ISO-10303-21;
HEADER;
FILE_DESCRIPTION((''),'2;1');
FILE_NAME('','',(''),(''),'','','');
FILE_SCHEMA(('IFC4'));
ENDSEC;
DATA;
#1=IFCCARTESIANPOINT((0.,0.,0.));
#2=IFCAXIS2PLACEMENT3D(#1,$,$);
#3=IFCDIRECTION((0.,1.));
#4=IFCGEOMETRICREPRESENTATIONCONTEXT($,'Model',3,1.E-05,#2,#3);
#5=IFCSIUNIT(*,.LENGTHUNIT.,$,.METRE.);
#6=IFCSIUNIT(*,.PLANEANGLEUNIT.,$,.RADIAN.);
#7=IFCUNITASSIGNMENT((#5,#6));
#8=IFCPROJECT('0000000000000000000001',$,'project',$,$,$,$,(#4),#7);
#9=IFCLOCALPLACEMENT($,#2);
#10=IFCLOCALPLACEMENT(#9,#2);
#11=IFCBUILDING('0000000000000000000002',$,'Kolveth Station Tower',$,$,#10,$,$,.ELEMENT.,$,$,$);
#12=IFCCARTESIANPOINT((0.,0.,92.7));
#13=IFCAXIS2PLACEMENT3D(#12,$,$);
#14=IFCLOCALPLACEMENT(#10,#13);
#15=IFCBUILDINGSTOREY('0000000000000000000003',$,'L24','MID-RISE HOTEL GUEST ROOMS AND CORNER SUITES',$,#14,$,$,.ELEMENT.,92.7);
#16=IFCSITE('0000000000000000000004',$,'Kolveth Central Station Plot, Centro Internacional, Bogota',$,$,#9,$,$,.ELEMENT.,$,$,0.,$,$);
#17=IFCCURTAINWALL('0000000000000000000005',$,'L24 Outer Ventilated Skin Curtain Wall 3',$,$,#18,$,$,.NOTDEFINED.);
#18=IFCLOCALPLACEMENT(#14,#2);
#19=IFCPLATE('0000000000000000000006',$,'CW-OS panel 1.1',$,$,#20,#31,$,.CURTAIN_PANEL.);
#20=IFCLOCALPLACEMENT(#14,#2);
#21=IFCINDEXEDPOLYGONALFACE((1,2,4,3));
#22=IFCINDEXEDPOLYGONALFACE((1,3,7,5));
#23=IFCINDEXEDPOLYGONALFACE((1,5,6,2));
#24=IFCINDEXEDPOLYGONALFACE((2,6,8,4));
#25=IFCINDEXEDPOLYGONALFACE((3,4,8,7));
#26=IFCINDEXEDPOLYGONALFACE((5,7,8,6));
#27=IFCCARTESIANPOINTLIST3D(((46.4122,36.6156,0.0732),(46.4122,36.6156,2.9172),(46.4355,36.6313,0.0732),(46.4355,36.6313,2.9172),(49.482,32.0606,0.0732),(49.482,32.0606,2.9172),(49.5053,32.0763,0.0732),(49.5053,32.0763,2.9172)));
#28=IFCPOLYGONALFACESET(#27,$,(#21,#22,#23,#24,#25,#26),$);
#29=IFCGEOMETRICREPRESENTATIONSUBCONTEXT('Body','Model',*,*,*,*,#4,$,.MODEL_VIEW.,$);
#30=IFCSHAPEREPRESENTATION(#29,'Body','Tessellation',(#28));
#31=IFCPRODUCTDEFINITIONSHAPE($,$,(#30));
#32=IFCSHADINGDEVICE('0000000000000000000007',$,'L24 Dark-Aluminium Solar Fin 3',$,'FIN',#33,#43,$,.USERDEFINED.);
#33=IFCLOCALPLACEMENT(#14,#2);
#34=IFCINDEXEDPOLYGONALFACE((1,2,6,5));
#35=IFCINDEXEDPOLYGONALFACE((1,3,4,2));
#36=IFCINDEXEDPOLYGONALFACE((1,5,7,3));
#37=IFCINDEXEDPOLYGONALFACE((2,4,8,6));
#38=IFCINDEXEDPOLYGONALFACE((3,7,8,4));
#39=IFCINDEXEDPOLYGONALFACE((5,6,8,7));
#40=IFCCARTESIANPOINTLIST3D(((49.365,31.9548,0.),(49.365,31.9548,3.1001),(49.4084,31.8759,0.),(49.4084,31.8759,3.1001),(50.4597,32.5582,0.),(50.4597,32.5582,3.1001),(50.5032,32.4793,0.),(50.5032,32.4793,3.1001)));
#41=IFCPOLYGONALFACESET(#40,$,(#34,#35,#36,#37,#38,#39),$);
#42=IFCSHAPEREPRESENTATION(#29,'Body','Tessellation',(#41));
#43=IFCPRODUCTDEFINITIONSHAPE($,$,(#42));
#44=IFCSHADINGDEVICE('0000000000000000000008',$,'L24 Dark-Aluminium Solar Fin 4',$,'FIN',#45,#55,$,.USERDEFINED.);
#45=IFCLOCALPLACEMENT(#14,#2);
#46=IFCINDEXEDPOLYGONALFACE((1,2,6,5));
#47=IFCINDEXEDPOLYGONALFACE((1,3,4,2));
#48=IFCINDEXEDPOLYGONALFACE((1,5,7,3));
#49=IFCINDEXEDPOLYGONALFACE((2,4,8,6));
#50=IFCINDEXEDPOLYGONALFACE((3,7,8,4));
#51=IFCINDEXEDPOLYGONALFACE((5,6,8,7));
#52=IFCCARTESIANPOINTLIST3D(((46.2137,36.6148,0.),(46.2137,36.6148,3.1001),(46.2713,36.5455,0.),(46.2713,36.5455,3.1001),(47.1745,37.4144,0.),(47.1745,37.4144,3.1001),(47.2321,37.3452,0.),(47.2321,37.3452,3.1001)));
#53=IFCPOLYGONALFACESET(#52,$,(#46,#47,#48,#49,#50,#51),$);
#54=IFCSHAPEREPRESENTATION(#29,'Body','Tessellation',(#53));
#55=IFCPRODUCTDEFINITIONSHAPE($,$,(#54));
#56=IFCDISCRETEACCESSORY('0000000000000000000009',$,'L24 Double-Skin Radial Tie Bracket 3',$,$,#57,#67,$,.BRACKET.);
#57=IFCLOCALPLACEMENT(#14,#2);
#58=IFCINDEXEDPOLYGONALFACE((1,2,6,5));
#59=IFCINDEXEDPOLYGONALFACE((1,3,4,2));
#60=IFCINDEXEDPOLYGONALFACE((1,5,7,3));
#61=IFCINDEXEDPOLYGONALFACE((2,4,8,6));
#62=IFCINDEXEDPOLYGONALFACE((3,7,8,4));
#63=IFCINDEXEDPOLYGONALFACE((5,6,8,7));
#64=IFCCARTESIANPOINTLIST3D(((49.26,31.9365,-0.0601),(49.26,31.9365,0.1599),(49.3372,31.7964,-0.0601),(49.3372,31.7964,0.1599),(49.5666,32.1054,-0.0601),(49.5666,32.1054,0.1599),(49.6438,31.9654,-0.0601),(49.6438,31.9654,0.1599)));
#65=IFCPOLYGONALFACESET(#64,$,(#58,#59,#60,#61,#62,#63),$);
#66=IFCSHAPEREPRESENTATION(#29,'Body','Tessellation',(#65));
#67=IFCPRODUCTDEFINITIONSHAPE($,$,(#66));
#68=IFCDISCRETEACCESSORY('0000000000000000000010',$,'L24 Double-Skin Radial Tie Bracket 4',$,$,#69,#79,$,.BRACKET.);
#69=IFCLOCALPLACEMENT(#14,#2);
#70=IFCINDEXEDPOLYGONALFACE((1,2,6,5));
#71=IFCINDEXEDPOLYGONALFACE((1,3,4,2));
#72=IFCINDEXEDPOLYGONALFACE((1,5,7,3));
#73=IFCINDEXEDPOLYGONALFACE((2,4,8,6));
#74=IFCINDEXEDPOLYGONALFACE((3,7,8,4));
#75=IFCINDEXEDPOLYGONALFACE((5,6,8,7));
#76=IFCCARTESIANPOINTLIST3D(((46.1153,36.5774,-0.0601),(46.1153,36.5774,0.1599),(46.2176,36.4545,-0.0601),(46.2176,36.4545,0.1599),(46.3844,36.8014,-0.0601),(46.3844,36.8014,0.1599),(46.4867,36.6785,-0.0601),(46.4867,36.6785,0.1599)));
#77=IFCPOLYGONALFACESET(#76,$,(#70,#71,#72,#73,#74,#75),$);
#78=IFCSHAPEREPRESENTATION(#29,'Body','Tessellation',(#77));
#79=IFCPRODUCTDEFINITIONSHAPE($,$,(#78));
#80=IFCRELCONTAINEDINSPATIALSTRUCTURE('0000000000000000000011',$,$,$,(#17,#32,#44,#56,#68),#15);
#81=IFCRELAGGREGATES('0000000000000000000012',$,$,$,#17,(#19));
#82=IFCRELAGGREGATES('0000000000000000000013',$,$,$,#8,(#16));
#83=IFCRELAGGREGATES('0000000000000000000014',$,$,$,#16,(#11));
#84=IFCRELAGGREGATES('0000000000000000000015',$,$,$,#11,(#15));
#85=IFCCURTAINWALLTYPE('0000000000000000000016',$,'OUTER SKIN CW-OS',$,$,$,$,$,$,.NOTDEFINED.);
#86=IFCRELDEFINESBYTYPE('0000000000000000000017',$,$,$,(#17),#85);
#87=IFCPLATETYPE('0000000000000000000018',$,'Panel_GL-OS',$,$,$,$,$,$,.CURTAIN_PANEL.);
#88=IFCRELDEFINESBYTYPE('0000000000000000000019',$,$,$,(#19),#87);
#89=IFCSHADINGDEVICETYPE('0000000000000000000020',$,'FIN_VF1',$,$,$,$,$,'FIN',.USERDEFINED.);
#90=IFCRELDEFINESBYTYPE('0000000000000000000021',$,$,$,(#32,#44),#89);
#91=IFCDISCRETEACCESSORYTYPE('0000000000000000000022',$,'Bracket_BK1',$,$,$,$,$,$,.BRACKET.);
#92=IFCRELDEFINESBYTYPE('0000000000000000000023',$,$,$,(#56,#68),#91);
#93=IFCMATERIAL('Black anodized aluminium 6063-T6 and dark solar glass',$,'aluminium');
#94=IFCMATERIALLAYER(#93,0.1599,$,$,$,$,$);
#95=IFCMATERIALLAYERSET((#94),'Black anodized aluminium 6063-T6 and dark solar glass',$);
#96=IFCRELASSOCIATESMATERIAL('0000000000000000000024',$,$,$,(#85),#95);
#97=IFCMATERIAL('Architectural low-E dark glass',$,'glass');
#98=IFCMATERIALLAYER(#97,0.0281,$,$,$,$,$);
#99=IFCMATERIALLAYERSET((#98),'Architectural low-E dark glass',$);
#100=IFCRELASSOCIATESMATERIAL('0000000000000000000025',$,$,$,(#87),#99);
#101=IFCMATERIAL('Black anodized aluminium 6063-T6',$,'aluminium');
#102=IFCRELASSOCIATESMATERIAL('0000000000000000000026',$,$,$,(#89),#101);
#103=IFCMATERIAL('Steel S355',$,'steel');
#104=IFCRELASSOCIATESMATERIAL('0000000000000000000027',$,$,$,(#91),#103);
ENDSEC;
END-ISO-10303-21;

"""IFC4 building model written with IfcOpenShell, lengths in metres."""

from ifc_helpers import new_model, si_unit, direction, frame, origin, origin_2d, place, context, subcontext, project, spatial, rectangle, extrude, source, transform, mapped, material, layer, layer_set, type_object, element, aggregate, save


model = new_model("IFC4")

# Units and contexts
model_context = context("Model", 3, precision=1e-05, world=origin(), true_north=direction((0.0, 1.0)))
body_context = subcontext(model_context, "Body", "Model", "MODEL_VIEW")
ifc_project = project(units=[si_unit("LENGTHUNIT", "METRE"), si_unit("PLANEANGLEUNIT", "RADIAN")], contexts=[model_context])

# Site, building, storey
site_placement = place(None, origin())
site = spatial("IfcSite", under=ifc_project, at=site_placement, Name="Kolveth Central Station Plot, Centro Internacional, Bogota", CompositionType="ELEMENT", RefElevation=0.0)
building_placement = place(site_placement, origin())
building = spatial("IfcBuilding", under=site, at=building_placement, Name="Kolveth Station Tower", CompositionType="ELEMENT")
storey_placement = place(building_placement, frame((0.0, 0.0, 92.7)))
storey = spatial("IfcBuildingStorey", under=building, at=storey_placement, Name="L24", Description="MID-RISE HOTEL GUEST ROOMS AND CORNER SUITES", CompositionType="ELEMENT", Elevation=92.7)

# Shared definitions
ifc_material_1 = material(Name="Black anodized aluminium 6063-T6", Category="aluminium")

# Shared definitions
ifc_material_2 = material(Name="Black anodized aluminium 6063-T6 and dark solar glass", Category="aluminium")
ifc_layer_1 = layer(ifc_material_2, 0.1599)
ifc_layer_set_1 = layer_set([ifc_layer_1], Name="Black anodized aluminium 6063-T6 and dark solar glass")
curtain_wall_type_1 = type_object("IfcCurtainWallType", Name="OUTER SKIN CW-OS", PredefinedType="NOTDEFINED", material=ifc_layer_set_1)

# Curtain wall
curtain_wall_1_placement = place(storey_placement, origin())
curtain_wall_1 = element("IfcCurtainWall", 1, at=curtain_wall_1_placement, inside=storey, type_object=curtain_wall_type_1, Name="L24 Outer Ventilated Skin Curtain Wall 3", PredefinedType="NOTDEFINED")

# Plate
ifc_material_3 = material(Name="Architectural low-E dark glass", Category="glass")
ifc_layer_2 = layer(ifc_material_3, 0.0281)
ifc_layer_set_2 = layer_set([ifc_layer_2], Name="Architectural low-E dark glass")
plate_type_1 = type_object("IfcPlateType", Name="Panel_GL-OS", PredefinedType="CURTAIN_PANEL", material=ifc_layer_set_2)
shared_shape_1 = source(origin(), body_context, "Body", "SweptSolid", [
    extrude(rectangle(XDim=5.4929, YDim=0.0281, at=origin_2d()), origin(), (0.0, 0.0, 1.0), 2.844),
])
plate_1_placement = place(storey_placement, frame((47.9587, 34.3459, 0.0732), z_axis=(0.0, 0.0, 1.0), x_axis=(-0.558857, 0.829264, 0.0)))
plate_1 = element("IfcPlate", 2, at=plate_1_placement, type_object=plate_type_1, Name="CW-OS panel 1.1", PredefinedType="CURTAIN_PANEL", context=body_context, shape_type="MappedRepresentation", body=[
    mapped(shared_shape_1, transform((0.0, 0.0, 0.0), x_axis=(1.0, 0.0, 0.0), y_axis=(0.0, 1.0, 0.0), z_axis=(0.0, 0.0, 1.0), scale=1.0)),
])
aggregate(curtain_wall_1, [plate_1])

# Shading devices
shading_device_type = type_object("IfcShadingDeviceType", Name="FIN_VF1", ElementType="FIN", PredefinedType="USERDEFINED", material=ifc_material_1)
shared_shape_2 = source(origin(), body_context, "Body", "SweptSolid", [
    extrude(rectangle(XDim=1.25, YDim=0.0901, at=origin_2d()), origin(), (0.0, 0.0, 1.0), 3.1001),
])
for number, where, z_axis, x_axis, name in (
    (3, (49.9341, 32.217, 0.0), (0.0, 0.0, 1.0), (0.875802, 0.482671, 0.0), "L24 Dark-Aluminium Solar Fin 3"),
    (4, (46.7229, 36.98, 0.0), (0.0, 0.0, 1.0), (0.768619, 0.639707, 0.0), "L24 Dark-Aluminium Solar Fin 4"),
):
    element("IfcShadingDevice", number, at=place(storey_placement, frame(where, z_axis=z_axis, x_axis=x_axis)), inside=storey, type_object=shading_device_type, Name=name, ObjectType="FIN", PredefinedType="USERDEFINED", context=body_context, shape_type="MappedRepresentation", body=[
        mapped(shared_shape_2, transform((0.0, 0.0, 0.0), x_axis=(1.0, 0.0, 0.0), y_axis=(0.0, 1.0, 0.0), z_axis=(0.0, 0.0, 1.0), scale=1.0)),
    ])

# Discrete accessories
ifc_material_4 = material(Name="Steel S355", Category="steel")
discrete_accessory_type = type_object("IfcDiscreteAccessoryType", Name="Bracket_BK1", PredefinedType="BRACKET", material=ifc_material_4)
shared_shape_3 = source(origin(), body_context, "Body", "SweptSolid", [
    extrude(rectangle(XDim=0.3501, YDim=0.1599, at=origin_2d()), origin(), (0.0, 0.0, 1.0), 0.22),
])
for number, where, z_axis, x_axis, name in (
    (5, (49.4519, 31.9509, -0.0601), (0.0, 0.0, 1.0), (0.875802, 0.482671, 0.0), "L24 Double-Skin Radial Tie Bracket 3"),
    (6, (46.301, 36.6279, -0.0601), (0.0, 0.0, 1.0), (0.768619, 0.639707, 0.0), "L24 Double-Skin Radial Tie Bracket 4"),
):
    element("IfcDiscreteAccessory", number, at=place(storey_placement, frame(where, z_axis=z_axis, x_axis=x_axis)), inside=storey, type_object=discrete_accessory_type, Name=name, PredefinedType="BRACKET", context=body_context, shape_type="MappedRepresentation", body=[
        mapped(shared_shape_3, transform((0.0, 0.0, 0.0), x_axis=(1.0, 0.0, 0.0), y_axis=(0.0, 1.0, 0.0), z_axis=(0.0, 0.0, 1.0), scale=1.0)),
    ])

save(model, "model.ifc")
